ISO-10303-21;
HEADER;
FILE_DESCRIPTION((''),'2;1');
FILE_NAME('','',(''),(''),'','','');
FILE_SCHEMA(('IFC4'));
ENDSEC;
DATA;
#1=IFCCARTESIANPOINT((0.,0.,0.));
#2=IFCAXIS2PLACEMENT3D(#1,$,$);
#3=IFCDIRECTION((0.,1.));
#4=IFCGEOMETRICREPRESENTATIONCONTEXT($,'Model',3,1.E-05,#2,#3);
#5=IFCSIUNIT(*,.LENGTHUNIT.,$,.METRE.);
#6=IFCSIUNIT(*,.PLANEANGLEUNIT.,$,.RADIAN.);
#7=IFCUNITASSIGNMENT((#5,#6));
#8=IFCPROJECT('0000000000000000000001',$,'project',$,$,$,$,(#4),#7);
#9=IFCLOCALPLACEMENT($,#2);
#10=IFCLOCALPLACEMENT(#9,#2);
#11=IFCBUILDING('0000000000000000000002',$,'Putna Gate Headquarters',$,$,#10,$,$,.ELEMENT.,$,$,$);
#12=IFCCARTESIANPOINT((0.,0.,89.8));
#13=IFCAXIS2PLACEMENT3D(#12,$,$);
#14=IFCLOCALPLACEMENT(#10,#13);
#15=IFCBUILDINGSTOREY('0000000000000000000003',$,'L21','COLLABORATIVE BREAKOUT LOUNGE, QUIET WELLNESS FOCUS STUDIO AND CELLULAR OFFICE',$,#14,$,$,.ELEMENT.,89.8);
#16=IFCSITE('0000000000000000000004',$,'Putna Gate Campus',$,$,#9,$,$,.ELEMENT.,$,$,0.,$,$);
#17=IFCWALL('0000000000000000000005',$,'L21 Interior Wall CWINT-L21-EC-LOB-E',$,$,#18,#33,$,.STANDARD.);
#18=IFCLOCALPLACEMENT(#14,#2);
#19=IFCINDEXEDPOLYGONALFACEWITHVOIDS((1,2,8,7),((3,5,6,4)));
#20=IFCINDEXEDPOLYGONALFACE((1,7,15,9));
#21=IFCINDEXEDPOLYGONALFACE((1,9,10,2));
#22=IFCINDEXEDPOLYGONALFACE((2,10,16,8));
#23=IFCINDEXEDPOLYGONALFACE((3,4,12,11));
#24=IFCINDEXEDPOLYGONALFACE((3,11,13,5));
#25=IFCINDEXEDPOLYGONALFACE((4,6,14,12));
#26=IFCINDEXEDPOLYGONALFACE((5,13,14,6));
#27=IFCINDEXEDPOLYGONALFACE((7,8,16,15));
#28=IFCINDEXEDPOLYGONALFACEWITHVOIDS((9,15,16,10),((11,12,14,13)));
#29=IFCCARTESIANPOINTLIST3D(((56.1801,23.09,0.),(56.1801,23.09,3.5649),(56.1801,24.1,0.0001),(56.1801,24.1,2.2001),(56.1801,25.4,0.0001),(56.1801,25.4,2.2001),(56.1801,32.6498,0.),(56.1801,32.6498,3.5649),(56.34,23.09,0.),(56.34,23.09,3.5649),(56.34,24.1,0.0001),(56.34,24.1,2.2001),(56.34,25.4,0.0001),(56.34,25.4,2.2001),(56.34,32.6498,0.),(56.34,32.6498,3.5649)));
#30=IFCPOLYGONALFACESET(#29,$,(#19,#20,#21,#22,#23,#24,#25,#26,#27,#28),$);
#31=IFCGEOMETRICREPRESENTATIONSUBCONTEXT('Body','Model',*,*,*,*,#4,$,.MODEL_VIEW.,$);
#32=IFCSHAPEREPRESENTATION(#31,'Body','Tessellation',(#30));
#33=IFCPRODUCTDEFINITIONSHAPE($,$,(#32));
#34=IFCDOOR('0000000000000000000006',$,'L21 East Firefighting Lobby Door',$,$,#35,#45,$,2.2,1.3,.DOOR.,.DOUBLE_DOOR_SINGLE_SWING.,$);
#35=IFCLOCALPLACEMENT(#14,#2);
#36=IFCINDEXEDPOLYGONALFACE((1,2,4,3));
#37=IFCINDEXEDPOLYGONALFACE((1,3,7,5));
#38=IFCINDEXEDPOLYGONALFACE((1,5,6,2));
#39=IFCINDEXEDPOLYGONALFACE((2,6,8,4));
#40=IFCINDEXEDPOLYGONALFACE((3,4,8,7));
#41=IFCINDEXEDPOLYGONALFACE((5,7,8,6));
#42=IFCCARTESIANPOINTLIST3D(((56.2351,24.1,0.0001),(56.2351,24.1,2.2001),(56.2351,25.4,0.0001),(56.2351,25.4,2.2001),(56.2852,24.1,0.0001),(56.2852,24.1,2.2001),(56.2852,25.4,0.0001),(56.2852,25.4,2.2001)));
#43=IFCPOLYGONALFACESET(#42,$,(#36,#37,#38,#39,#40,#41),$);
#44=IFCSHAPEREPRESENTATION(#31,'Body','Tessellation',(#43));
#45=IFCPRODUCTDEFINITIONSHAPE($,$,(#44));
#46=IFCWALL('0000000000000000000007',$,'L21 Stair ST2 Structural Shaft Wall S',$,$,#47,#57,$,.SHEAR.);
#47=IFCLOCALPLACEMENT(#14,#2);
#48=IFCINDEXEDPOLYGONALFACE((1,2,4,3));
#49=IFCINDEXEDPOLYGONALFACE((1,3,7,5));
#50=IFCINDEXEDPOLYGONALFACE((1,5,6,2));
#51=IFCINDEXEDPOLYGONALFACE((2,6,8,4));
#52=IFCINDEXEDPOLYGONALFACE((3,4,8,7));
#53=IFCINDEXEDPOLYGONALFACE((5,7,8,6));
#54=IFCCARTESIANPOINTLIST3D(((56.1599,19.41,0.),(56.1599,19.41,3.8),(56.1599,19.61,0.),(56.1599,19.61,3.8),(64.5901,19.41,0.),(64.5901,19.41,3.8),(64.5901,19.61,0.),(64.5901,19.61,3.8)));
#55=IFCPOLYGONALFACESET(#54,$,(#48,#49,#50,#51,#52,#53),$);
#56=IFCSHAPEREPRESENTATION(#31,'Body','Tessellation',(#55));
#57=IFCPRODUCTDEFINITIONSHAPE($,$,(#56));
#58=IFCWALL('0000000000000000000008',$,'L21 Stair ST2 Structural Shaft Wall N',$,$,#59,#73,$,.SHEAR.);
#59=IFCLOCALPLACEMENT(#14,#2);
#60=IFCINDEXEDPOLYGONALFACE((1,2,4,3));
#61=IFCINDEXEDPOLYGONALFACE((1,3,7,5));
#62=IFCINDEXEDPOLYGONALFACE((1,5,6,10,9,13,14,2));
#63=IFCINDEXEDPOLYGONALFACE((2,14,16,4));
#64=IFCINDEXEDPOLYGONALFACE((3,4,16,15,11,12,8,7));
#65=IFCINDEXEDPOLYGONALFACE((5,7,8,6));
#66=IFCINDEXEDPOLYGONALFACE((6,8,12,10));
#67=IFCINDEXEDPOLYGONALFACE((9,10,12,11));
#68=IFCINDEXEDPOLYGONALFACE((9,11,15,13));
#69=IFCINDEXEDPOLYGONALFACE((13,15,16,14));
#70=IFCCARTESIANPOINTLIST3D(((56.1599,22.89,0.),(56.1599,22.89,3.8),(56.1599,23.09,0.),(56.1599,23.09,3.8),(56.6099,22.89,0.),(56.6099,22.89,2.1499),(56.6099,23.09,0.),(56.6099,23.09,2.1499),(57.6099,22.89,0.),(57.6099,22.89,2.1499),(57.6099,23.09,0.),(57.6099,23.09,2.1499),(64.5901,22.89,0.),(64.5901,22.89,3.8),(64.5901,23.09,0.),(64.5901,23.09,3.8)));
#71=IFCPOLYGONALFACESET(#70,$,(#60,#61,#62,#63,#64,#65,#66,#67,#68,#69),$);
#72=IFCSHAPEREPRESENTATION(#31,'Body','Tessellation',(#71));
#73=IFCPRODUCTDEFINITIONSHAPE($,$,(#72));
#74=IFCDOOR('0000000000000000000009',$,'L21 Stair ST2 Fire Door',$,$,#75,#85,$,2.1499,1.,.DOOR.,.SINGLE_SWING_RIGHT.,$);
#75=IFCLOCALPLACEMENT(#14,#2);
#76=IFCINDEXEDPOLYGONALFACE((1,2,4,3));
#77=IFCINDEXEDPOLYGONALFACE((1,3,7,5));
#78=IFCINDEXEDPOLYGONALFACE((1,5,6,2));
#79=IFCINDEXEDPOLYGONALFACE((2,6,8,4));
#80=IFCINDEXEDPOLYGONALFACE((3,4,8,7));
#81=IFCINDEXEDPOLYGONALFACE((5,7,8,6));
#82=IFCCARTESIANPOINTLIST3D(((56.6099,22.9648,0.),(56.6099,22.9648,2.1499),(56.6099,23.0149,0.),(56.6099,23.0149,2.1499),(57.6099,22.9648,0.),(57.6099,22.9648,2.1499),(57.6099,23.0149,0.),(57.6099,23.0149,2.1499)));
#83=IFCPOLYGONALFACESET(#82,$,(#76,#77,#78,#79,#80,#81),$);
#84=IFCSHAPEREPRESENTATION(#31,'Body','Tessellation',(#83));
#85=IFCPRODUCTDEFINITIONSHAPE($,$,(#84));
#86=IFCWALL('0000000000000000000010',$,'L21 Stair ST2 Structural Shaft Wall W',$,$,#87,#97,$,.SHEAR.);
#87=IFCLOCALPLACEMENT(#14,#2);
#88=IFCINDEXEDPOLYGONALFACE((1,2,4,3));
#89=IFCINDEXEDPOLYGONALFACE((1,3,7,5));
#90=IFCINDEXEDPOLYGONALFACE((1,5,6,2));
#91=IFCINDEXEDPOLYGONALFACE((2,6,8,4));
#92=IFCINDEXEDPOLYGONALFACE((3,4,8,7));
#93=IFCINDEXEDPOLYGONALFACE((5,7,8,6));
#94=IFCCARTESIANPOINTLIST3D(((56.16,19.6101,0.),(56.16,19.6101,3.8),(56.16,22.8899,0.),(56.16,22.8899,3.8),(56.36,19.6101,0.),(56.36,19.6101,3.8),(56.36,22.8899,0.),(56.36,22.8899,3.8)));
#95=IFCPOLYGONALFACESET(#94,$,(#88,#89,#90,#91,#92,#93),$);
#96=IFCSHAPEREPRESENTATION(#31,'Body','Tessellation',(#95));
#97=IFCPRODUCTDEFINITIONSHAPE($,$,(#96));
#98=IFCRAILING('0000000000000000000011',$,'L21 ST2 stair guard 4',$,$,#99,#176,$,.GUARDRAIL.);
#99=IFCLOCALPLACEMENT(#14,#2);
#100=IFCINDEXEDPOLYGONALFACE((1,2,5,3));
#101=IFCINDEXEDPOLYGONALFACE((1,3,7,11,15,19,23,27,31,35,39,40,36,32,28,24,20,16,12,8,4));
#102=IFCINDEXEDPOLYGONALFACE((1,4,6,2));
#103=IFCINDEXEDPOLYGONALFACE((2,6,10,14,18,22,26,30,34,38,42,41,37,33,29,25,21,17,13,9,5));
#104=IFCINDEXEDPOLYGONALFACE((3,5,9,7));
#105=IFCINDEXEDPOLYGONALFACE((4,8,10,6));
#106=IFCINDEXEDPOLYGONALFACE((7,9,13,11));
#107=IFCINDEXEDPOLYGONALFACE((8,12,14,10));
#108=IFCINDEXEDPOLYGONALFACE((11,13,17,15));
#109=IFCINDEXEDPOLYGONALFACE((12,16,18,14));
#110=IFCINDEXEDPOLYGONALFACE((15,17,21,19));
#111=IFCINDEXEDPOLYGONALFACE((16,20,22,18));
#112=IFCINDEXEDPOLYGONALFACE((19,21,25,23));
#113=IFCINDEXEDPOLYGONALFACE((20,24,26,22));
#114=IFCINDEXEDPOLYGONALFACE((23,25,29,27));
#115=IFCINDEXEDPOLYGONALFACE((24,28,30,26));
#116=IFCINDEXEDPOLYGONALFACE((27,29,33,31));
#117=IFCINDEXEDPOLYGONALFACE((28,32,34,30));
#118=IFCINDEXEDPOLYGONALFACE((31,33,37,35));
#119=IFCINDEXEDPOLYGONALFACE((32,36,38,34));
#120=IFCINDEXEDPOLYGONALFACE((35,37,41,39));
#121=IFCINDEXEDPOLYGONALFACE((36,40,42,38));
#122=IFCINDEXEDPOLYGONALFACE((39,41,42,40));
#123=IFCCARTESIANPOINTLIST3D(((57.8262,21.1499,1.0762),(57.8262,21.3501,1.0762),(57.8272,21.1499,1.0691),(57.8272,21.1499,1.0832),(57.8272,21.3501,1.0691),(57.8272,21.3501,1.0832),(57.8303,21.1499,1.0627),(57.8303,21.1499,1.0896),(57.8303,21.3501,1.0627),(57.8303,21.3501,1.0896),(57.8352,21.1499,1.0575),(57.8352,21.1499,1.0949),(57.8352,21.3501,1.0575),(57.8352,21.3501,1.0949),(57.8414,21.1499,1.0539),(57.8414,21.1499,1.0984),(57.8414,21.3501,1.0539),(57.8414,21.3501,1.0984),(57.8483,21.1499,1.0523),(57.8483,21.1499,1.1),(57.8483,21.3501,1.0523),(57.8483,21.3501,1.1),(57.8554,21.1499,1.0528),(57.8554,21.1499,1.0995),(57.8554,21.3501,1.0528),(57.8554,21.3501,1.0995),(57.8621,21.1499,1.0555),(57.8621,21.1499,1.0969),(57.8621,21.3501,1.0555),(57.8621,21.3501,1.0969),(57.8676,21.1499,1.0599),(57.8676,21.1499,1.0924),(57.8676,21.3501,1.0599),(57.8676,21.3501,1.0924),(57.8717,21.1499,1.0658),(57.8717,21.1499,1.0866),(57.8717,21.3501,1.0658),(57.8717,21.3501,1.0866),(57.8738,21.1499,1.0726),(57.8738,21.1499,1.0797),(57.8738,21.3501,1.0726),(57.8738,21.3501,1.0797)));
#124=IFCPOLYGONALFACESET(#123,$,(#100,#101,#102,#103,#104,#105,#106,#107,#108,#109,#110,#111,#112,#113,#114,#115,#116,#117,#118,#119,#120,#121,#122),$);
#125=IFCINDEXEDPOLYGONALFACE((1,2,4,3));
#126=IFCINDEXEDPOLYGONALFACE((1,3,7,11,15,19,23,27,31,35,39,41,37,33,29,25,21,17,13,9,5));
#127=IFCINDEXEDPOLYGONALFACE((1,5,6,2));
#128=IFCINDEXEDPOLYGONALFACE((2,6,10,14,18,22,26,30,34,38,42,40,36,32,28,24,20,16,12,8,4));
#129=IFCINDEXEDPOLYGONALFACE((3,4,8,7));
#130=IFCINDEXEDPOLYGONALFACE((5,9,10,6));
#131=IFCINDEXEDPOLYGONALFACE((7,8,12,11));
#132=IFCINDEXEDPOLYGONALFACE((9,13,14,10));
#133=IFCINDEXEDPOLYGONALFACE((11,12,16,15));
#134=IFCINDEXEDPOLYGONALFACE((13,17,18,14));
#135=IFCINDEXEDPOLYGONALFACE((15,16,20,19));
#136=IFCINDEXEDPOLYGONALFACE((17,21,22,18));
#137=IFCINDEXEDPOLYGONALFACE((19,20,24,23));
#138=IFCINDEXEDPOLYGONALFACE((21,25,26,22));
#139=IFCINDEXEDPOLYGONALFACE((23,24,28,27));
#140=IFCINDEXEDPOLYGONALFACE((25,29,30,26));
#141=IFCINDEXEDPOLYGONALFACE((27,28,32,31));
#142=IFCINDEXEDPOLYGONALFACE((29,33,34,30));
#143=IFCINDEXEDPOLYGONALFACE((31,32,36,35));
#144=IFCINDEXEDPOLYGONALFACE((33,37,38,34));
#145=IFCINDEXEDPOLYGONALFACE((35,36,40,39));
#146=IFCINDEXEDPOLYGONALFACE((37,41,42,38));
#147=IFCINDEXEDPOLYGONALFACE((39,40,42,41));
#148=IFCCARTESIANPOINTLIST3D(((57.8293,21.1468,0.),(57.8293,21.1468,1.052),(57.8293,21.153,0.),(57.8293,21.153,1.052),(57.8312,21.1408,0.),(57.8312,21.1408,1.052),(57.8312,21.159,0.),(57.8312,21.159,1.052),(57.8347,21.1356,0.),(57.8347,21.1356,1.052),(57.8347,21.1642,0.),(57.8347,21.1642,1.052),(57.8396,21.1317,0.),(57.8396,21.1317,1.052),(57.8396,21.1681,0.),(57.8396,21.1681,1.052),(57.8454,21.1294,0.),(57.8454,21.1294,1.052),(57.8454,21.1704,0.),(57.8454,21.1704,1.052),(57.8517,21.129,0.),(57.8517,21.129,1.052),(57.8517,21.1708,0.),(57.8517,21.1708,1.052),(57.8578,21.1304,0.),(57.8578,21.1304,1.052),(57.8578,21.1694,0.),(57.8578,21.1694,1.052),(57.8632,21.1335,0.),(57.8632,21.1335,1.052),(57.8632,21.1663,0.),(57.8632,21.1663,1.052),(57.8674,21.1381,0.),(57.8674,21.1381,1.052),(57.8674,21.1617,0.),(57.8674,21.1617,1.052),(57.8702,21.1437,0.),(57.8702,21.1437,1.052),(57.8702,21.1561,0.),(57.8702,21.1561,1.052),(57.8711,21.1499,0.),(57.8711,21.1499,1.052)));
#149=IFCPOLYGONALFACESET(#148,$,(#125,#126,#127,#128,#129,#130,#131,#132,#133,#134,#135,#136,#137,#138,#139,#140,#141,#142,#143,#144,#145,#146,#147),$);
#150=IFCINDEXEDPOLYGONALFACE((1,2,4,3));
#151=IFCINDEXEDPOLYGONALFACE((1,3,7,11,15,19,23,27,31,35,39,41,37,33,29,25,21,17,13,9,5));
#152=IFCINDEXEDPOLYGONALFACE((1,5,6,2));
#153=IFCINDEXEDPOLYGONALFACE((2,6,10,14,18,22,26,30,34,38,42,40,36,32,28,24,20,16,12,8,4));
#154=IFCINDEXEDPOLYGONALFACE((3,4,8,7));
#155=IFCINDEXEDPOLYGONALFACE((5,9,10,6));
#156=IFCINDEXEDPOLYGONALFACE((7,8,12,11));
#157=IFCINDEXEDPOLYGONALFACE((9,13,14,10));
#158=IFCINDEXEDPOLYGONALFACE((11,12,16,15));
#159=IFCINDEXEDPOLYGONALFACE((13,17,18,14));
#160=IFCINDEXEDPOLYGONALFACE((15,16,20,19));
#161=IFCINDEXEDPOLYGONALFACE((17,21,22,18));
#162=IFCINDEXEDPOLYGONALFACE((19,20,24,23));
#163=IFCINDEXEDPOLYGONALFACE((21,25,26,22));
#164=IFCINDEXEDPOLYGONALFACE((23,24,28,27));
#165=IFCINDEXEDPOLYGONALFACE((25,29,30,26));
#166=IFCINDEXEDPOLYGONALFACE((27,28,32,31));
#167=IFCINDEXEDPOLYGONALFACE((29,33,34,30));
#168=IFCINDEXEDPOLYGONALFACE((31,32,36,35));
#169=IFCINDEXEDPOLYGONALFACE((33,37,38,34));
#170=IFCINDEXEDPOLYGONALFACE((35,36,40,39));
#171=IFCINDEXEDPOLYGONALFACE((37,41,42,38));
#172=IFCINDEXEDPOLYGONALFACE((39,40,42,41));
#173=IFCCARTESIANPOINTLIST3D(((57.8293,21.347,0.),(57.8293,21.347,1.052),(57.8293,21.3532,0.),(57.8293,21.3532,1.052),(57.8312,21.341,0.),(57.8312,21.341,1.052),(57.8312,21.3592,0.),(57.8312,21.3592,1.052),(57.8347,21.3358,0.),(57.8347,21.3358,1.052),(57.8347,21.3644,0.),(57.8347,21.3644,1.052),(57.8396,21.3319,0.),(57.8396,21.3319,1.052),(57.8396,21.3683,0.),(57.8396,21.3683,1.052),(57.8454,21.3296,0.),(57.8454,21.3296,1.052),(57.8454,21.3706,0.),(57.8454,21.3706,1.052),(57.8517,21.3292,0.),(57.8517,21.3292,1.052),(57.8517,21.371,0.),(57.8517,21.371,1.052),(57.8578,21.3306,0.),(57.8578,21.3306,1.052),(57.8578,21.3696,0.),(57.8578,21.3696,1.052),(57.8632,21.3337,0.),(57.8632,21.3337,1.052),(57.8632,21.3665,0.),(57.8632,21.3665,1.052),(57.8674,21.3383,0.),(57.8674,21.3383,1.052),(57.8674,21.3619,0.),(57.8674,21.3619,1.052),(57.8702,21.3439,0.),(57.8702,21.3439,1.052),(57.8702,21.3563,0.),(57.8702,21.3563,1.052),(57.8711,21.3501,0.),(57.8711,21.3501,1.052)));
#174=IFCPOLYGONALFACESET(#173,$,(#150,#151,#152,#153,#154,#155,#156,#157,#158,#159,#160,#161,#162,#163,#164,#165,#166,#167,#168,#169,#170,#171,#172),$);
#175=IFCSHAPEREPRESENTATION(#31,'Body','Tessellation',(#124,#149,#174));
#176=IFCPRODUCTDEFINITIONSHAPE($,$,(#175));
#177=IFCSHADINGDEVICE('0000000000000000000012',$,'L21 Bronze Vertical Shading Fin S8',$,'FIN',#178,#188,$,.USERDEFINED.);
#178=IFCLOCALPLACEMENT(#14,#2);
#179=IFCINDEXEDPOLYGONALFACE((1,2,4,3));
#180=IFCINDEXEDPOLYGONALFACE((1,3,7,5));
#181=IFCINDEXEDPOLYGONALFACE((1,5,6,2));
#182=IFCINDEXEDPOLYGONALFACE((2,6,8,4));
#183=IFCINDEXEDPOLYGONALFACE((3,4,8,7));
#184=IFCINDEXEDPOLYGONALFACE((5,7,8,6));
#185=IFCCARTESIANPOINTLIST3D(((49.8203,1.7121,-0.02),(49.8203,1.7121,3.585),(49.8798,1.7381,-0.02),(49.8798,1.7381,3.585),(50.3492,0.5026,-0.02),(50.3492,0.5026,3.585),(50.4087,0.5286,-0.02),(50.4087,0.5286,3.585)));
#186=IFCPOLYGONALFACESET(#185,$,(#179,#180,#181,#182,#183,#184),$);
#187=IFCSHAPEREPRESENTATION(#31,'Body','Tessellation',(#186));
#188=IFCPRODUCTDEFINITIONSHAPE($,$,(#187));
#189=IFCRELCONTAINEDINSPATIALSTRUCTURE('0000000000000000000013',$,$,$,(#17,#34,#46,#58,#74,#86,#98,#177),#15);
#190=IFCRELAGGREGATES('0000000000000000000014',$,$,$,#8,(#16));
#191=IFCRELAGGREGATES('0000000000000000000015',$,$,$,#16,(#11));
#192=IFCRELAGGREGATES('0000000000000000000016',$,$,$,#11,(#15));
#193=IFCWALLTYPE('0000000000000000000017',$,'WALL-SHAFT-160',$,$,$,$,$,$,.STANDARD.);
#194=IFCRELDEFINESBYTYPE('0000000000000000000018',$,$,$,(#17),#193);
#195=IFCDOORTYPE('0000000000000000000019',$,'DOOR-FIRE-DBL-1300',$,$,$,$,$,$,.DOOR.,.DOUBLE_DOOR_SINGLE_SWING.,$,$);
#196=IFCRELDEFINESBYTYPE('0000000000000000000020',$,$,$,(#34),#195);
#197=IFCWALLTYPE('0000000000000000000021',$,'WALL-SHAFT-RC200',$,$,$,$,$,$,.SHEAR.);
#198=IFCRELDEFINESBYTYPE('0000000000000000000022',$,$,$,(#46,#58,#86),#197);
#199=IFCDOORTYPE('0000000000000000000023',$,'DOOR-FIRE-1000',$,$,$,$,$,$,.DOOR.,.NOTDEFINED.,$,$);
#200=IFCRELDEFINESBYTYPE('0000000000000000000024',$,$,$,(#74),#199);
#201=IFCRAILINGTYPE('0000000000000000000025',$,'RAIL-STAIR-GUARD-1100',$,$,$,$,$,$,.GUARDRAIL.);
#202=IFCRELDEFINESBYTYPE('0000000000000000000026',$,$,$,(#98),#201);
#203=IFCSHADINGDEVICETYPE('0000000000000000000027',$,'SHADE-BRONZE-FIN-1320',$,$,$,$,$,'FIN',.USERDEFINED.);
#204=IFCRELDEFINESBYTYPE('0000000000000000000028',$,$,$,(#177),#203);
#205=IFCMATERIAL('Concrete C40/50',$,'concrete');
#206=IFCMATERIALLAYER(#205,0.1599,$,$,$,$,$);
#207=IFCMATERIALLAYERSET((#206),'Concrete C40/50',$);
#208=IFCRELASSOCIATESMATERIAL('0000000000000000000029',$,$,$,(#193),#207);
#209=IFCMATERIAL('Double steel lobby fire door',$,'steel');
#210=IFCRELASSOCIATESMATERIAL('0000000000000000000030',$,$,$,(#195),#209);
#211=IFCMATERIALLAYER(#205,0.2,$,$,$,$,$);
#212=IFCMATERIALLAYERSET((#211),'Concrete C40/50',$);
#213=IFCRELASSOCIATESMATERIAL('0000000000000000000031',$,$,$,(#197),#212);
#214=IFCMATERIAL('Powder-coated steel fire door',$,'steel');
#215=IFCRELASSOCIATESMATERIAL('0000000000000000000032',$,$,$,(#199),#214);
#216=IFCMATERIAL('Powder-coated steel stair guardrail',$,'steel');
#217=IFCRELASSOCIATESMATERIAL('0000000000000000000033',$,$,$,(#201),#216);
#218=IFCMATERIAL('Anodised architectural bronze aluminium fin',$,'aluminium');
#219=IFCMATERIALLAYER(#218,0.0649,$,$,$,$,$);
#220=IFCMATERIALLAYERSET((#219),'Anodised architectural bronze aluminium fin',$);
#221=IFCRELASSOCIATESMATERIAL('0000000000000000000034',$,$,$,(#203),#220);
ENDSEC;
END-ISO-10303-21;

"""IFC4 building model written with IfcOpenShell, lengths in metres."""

from ifc_helpers import new_model, si_unit, direction, frame, frame_2d, origin, origin_2d, place, context, subcontext, project, spatial, rectangle, circle, extrude, material, layer, layer_set, type_object, element, fill, save


model = new_model("IFC4")

# Units and contexts
model_context = context("Model", 3, precision=1e-05, world=origin(), true_north=direction((0.0, 1.0)))
body_context = subcontext(model_context, "Body", "Model", "MODEL_VIEW")
ifc_project = project(units=[si_unit("LENGTHUNIT", "METRE"), si_unit("PLANEANGLEUNIT", "RADIAN")], contexts=[model_context])

# Site, building, storey
site_placement = place(None, origin())
site = spatial("IfcSite", under=ifc_project, at=site_placement, Name="Putna Gate Campus", CompositionType="ELEMENT", RefElevation=0.0)
building_placement = place(site_placement, origin())
building = spatial("IfcBuilding", under=site, at=building_placement, Name="Putna Gate Headquarters", CompositionType="ELEMENT")
storey_placement = place(building_placement, frame((0.0, 0.0, 89.8)))
storey = spatial("IfcBuildingStorey", under=building, at=storey_placement, Name="L21", Description="COLLABORATIVE BREAKOUT LOUNGE, QUIET WELLNESS FOCUS STUDIO AND CELLULAR OFFICE", CompositionType="ELEMENT", Elevation=89.8)

# Shared definitions
ifc_material_1 = material(Name="Concrete C40/50", Category="concrete")
ifc_layer_1 = layer(ifc_material_1, 0.1599)
ifc_layer_set_1 = layer_set([ifc_layer_1], Name="Concrete C40/50")
wall_type_1 = type_object("IfcWallType", Name="WALL-SHAFT-160", PredefinedType="STANDARD", material=ifc_layer_set_1)

# Wall, opening, door
wall_1_placement = place(storey_placement, frame((56.26, 23.0901, 0.0), z_axis=(0.0, 0.0, 1.0), x_axis=(0.0, 1.0, 0.0)))
wall_1 = element("IfcWall", 1, at=wall_1_placement, inside=storey, type_object=wall_type_1, Name="L21 Interior Wall CWINT-L21-EC-LOB-E", PredefinedType="STANDARD", context=body_context, shape_type="SweptSolid", body=[
    extrude(rectangle(XDim=9.5598, YDim=0.1599, at=frame_2d((4.7798, 0.0))), origin(), (0.0, 0.0, 1.0), 3.5649),
])
opening_1_placement = place(wall_1_placement, frame((1.01, 0.0, 0.0)))
opening_1 = element("IfcOpeningElement", 2, at=opening_1_placement, cuts=wall_1, PredefinedType="OPENING", context=body_context, shape_type="SweptSolid", body=[
    extrude(rectangle(XDim=1.3, YDim=2.2, at=frame_2d((0.6499, 1.1001))), frame((0.0, 0.0898, 0.0), z_axis=(0.0, -1.0, 0.0), x_axis=(1.0, 0.0, 0.0)), (0.0, 0.0, 1.0), 0.1799),
])
ifc_material_2 = material(Name="Double steel lobby fire door", Category="steel")
door_type_1 = type_object("IfcDoorType", Name="DOOR-FIRE-DBL-1300", OperationType="DOUBLE_DOOR_SINGLE_SWING", PredefinedType="DOOR", material=ifc_material_2)
door_1_placement = place(opening_1_placement, origin())
door_1 = element("IfcDoor", 3, at=door_1_placement, inside=storey, type_object=door_type_1, Name="L21 East Firefighting Lobby Door", OperationType="DOUBLE_DOOR_SINGLE_SWING", OverallHeight=2.2, OverallWidth=1.3, PredefinedType="DOOR", context=body_context, shape_type="SweptSolid", body=[
    extrude(rectangle(XDim=1.3, YDim=2.2, at=frame_2d((0.6499, 1.1001))), frame((0.0, 0.0249, 0.0), z_axis=(0.0, -1.0, 0.0), x_axis=(1.0, 0.0, 0.0)), (0.0, 0.0, 1.0), 0.05),
])
fill(opening_1, door_1)

# Wall
ifc_layer_2 = layer(ifc_material_1, 0.2)
ifc_layer_set_2 = layer_set([ifc_layer_2], Name="Concrete C40/50")
wall_type_2 = type_object("IfcWallType", Name="WALL-SHAFT-RC200", PredefinedType="SHEAR", material=ifc_layer_set_2)
wall_2_placement = place(storey_placement, frame((56.1599, 19.51, 0.0), z_axis=(0.0, 0.0, 1.0), x_axis=(1.0, 0.0, 0.0)))
element("IfcWall", 4, at=wall_2_placement, inside=storey, type_object=wall_type_2, Name="L21 Stair ST2 Structural Shaft Wall S", PredefinedType="SHEAR", context=body_context, shape_type="SweptSolid", body=[
    extrude(rectangle(XDim=8.4302, YDim=0.2, at=frame_2d((4.2151, 0.0))), origin(), (0.0, 0.0, 1.0), 3.8),
])

# Wall, opening, door
wall_3_placement = place(storey_placement, frame((56.1599, 22.99, 0.0), z_axis=(0.0, 0.0, 1.0), x_axis=(1.0, 0.0, 0.0)))
wall_3 = element("IfcWall", 5, at=wall_3_placement, inside=storey, type_object=wall_type_2, Name="L21 Stair ST2 Structural Shaft Wall N", PredefinedType="SHEAR", context=body_context, shape_type="SweptSolid", body=[
    extrude(rectangle(XDim=8.4302, YDim=0.2, at=frame_2d((4.2151, 0.0))), origin(), (0.0, 0.0, 1.0), 3.8),
])
opening_2_placement = place(wall_3_placement, frame((0.45, 0.0, 0.0)))
opening_2 = element("IfcOpeningElement", 6, at=opening_2_placement, cuts=wall_3, PredefinedType="OPENING", context=body_context, shape_type="SweptSolid", body=[
    extrude(rectangle(XDim=1.0, YDim=2.1499, at=frame_2d((0.5, 1.075))), frame((0.0, 0.1099, 0.0), z_axis=(0.0, -1.0, 0.0), x_axis=(1.0, 0.0, 0.0)), (0.0, 0.0, 1.0), 0.22),
])
ifc_material_3 = material(Name="Powder-coated steel fire door", Category="steel")
door_type_2 = type_object("IfcDoorType", Name="DOOR-FIRE-1000", OperationType="NOTDEFINED", PredefinedType="DOOR", material=ifc_material_3)
door_2_placement = place(opening_2_placement, origin())
door_2 = element("IfcDoor", 7, at=door_2_placement, inside=storey, type_object=door_type_2, Name="L21 Stair ST2 Fire Door", OperationType="SINGLE_SWING_RIGHT", OverallHeight=2.1499, OverallWidth=1.0, PredefinedType="DOOR", context=body_context, shape_type="SweptSolid", body=[
    extrude(rectangle(XDim=1.0, YDim=2.1499, at=frame_2d((0.5, 1.075))), frame((0.0, 0.0249, 0.0), z_axis=(0.0, -1.0, 0.0), x_axis=(1.0, 0.0, 0.0)), (0.0, 0.0, 1.0), 0.05),
])
fill(opening_2, door_2)

# Wall
wall_4_placement = place(storey_placement, frame((56.26, 19.6101, 0.0), z_axis=(0.0, 0.0, 1.0), x_axis=(0.0, 1.0, 0.0)))
element("IfcWall", 8, at=wall_4_placement, inside=storey, type_object=wall_type_2, Name="L21 Stair ST2 Structural Shaft Wall W", PredefinedType="SHEAR", context=body_context, shape_type="SweptSolid", body=[
    extrude(rectangle(XDim=3.2798, YDim=0.2, at=frame_2d((1.6399, 0.0))), origin(), (0.0, 0.0, 1.0), 3.8),
])

# Railing
ifc_material_4 = material(Name="Powder-coated steel stair guardrail", Category="steel")
railing_type = type_object("IfcRailingType", Name="RAIL-STAIR-GUARD-1100", PredefinedType="GUARDRAIL", material=ifc_material_4)
railing_placement = place(storey_placement, frame((57.8501, 21.1499, 0.0)))
element("IfcRailing", 9, at=railing_placement, inside=storey, type_object=railing_type, Name="L21 ST2 stair guard 4", PredefinedType="GUARDRAIL", context=body_context, shape_type="SweptSolid", body=[
    extrude(circle(Radius=0.0239, at=origin_2d()), frame((0.0, 0.0, 1.0762), z_axis=(0.0, 1.0, 0.0), x_axis=(-1.0, 0.0, 0.0)), (0.0, 0.0, 1.0), 0.2002),
    extrude(circle(Radius=0.021, at=origin_2d()), origin(), (0.0, 0.0, 1.0), 1.052),
    extrude(circle(Radius=0.021, at=origin_2d()), frame((0.0, 0.2002, 0.0)), (0.0, 0.0, 1.0), 1.052),
])

# Shading device
ifc_material_5 = material(Name="Anodised architectural bronze aluminium fin", Category="aluminium")
ifc_layer_3 = layer(ifc_material_5, 0.0649)
ifc_layer_set_3 = layer_set([ifc_layer_3], Name="Anodised architectural bronze aluminium fin")
shading_device_type = type_object("IfcShadingDeviceType", Name="SHADE-BRONZE-FIN-1320", ElementType="FIN", PredefinedType="USERDEFINED", material=ifc_layer_set_3)
for number, where, z_axis, x_axis, name in (
    (10, (50.1145, 1.1204, -0.02), (0.0, 0.0, 1.0), (0.400669, -0.916223, 0.0), "L21 Bronze Vertical Shading Fin S8"),
):
    element("IfcShadingDevice", number, at=place(storey_placement, frame(where, z_axis=z_axis, x_axis=x_axis)), inside=storey, type_object=shading_device_type, Name=name, ObjectType="FIN", PredefinedType="USERDEFINED", context=body_context, shape_type="SweptSolid", body=[
        extrude(rectangle(XDim=1.3201, YDim=0.0649, at=origin_2d()), origin(), (0.0, 0.0, 1.0), 3.605),
    ])

save(model, "model.ifc")
